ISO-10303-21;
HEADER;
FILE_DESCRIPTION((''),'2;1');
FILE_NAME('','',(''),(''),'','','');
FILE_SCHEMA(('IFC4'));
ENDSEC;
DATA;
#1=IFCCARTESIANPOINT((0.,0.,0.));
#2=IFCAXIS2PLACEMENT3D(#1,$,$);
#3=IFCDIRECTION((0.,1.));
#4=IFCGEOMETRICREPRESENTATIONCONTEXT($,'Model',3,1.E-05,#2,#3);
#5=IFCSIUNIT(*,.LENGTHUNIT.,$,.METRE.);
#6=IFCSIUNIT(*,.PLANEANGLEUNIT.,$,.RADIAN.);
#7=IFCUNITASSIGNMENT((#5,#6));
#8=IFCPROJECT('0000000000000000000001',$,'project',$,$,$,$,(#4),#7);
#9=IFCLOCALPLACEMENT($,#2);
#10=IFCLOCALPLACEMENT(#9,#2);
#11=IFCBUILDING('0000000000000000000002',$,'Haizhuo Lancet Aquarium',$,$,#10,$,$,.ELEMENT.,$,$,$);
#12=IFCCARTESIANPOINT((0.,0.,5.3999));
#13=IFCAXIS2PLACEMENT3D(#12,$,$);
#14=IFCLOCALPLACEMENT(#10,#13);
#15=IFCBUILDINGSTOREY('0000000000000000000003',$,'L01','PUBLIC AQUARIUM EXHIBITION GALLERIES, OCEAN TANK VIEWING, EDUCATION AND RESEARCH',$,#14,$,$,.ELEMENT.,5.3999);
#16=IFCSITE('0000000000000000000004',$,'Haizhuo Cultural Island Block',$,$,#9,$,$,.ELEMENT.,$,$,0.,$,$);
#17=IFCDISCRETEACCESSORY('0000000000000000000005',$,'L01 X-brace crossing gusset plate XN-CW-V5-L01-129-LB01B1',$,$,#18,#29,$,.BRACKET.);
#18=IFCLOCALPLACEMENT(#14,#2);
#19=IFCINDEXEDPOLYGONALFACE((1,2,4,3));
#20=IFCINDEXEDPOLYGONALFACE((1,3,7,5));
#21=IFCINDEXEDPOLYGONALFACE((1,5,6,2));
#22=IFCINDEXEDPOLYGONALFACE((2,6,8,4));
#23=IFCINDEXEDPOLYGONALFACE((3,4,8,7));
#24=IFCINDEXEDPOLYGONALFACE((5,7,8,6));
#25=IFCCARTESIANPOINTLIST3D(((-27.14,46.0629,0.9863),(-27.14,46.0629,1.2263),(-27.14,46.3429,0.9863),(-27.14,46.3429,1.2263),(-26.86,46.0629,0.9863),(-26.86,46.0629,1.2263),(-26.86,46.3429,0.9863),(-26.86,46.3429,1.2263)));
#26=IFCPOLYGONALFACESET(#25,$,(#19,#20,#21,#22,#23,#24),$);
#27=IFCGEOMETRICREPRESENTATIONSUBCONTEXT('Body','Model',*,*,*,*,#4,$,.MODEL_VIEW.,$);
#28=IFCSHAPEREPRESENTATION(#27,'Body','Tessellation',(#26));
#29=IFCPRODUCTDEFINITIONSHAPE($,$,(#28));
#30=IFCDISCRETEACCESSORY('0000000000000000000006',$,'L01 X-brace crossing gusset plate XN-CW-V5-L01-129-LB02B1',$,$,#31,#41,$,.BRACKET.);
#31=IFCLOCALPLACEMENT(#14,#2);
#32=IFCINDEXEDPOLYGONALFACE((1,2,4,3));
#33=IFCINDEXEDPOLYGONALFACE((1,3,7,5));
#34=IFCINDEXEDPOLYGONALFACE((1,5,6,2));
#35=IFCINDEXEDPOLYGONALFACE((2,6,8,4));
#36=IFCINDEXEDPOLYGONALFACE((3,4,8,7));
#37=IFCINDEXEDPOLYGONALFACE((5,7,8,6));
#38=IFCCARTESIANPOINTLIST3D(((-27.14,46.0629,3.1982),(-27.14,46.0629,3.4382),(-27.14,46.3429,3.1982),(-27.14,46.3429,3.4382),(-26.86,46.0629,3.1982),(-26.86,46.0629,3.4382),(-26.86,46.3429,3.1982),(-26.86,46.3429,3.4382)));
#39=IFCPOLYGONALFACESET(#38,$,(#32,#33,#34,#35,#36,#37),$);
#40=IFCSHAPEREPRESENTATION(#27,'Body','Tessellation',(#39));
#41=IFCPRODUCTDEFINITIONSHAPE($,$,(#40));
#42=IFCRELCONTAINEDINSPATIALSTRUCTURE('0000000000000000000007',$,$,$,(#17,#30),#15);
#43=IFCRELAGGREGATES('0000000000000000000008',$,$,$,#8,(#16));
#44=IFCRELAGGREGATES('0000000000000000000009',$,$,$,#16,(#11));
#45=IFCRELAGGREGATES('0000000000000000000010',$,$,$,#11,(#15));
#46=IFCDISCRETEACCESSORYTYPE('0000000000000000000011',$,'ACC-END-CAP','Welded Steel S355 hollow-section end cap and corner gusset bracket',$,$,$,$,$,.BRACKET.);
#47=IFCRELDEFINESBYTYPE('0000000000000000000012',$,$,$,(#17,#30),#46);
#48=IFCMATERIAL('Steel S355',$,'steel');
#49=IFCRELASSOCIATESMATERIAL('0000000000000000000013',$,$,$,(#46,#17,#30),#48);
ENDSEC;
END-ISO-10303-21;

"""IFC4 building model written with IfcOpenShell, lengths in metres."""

from ifc_helpers import new_model, si_unit, direction, frame, origin, origin_2d, place, context, subcontext, project, spatial, rectangle, extrude, material, type_object, element, save


model = new_model("IFC4")

# Units and contexts
model_context = context("Model", 3, precision=1e-05, world=origin(), true_north=direction((0.0, 1.0)))
body_context = subcontext(model_context, "Body", "Model", "MODEL_VIEW")
ifc_project = project(units=[si_unit("LENGTHUNIT", "METRE"), si_unit("PLANEANGLEUNIT", "RADIAN")], contexts=[model_context])

# Site, building, storey
site_placement = place(None, origin())
site = spatial("IfcSite", under=ifc_project, at=site_placement, Name="Haizhuo Cultural Island Block", CompositionType="ELEMENT", RefElevation=0.0)
building_placement = place(site_placement, origin())
building = spatial("IfcBuilding", under=site, at=building_placement, Name="Haizhuo Lancet Aquarium", CompositionType="ELEMENT")
storey_placement = place(building_placement, frame((0.0, 0.0, 5.3999)))
storey = spatial("IfcBuildingStorey", under=building, at=storey_placement, Name="L01", Description="PUBLIC AQUARIUM EXHIBITION GALLERIES, OCEAN TANK VIEWING, EDUCATION AND RESEARCH", CompositionType="ELEMENT", Elevation=5.3999)

# Shared definitions
ifc_material_1 = material(Name="Steel S355", Category="steel")

# Discrete accessories
discrete_accessory_type = type_object("IfcDiscreteAccessoryType", Name="ACC-END-CAP", Description="Welded Steel S355 hollow-section end cap and corner gusset bracket", PredefinedType="BRACKET", material=ifc_material_1)
for number, where, z_axis, x_axis, name in (
    (1, (-27.0, 46.2029, 0.9863), (0.0, 0.0, 1.0), (1.0, 0.0, 0.0), "L01 X-brace crossing gusset plate XN-CW-V5-L01-129-LB01B1"),
    (2, (-27.0, 46.2029, 3.1982), (0.0, 0.0, 1.0), (1.0, 0.0, 0.0), "L01 X-brace crossing gusset plate XN-CW-V5-L01-129-LB02B1"),
):
    element("IfcDiscreteAccessory", number, at=place(storey_placement, frame(where, z_axis=z_axis, x_axis=x_axis)), inside=storey, type_object=discrete_accessory_type, material=ifc_material_1, Name=name, PredefinedType="BRACKET", context=body_context, shape_type="SweptSolid", body=[
        extrude(rectangle(XDim=0.28, YDim=0.28, at=origin_2d()), origin(), (0.0, 0.0, 1.0), 0.24),
    ])

save(model, "model.ifc")
